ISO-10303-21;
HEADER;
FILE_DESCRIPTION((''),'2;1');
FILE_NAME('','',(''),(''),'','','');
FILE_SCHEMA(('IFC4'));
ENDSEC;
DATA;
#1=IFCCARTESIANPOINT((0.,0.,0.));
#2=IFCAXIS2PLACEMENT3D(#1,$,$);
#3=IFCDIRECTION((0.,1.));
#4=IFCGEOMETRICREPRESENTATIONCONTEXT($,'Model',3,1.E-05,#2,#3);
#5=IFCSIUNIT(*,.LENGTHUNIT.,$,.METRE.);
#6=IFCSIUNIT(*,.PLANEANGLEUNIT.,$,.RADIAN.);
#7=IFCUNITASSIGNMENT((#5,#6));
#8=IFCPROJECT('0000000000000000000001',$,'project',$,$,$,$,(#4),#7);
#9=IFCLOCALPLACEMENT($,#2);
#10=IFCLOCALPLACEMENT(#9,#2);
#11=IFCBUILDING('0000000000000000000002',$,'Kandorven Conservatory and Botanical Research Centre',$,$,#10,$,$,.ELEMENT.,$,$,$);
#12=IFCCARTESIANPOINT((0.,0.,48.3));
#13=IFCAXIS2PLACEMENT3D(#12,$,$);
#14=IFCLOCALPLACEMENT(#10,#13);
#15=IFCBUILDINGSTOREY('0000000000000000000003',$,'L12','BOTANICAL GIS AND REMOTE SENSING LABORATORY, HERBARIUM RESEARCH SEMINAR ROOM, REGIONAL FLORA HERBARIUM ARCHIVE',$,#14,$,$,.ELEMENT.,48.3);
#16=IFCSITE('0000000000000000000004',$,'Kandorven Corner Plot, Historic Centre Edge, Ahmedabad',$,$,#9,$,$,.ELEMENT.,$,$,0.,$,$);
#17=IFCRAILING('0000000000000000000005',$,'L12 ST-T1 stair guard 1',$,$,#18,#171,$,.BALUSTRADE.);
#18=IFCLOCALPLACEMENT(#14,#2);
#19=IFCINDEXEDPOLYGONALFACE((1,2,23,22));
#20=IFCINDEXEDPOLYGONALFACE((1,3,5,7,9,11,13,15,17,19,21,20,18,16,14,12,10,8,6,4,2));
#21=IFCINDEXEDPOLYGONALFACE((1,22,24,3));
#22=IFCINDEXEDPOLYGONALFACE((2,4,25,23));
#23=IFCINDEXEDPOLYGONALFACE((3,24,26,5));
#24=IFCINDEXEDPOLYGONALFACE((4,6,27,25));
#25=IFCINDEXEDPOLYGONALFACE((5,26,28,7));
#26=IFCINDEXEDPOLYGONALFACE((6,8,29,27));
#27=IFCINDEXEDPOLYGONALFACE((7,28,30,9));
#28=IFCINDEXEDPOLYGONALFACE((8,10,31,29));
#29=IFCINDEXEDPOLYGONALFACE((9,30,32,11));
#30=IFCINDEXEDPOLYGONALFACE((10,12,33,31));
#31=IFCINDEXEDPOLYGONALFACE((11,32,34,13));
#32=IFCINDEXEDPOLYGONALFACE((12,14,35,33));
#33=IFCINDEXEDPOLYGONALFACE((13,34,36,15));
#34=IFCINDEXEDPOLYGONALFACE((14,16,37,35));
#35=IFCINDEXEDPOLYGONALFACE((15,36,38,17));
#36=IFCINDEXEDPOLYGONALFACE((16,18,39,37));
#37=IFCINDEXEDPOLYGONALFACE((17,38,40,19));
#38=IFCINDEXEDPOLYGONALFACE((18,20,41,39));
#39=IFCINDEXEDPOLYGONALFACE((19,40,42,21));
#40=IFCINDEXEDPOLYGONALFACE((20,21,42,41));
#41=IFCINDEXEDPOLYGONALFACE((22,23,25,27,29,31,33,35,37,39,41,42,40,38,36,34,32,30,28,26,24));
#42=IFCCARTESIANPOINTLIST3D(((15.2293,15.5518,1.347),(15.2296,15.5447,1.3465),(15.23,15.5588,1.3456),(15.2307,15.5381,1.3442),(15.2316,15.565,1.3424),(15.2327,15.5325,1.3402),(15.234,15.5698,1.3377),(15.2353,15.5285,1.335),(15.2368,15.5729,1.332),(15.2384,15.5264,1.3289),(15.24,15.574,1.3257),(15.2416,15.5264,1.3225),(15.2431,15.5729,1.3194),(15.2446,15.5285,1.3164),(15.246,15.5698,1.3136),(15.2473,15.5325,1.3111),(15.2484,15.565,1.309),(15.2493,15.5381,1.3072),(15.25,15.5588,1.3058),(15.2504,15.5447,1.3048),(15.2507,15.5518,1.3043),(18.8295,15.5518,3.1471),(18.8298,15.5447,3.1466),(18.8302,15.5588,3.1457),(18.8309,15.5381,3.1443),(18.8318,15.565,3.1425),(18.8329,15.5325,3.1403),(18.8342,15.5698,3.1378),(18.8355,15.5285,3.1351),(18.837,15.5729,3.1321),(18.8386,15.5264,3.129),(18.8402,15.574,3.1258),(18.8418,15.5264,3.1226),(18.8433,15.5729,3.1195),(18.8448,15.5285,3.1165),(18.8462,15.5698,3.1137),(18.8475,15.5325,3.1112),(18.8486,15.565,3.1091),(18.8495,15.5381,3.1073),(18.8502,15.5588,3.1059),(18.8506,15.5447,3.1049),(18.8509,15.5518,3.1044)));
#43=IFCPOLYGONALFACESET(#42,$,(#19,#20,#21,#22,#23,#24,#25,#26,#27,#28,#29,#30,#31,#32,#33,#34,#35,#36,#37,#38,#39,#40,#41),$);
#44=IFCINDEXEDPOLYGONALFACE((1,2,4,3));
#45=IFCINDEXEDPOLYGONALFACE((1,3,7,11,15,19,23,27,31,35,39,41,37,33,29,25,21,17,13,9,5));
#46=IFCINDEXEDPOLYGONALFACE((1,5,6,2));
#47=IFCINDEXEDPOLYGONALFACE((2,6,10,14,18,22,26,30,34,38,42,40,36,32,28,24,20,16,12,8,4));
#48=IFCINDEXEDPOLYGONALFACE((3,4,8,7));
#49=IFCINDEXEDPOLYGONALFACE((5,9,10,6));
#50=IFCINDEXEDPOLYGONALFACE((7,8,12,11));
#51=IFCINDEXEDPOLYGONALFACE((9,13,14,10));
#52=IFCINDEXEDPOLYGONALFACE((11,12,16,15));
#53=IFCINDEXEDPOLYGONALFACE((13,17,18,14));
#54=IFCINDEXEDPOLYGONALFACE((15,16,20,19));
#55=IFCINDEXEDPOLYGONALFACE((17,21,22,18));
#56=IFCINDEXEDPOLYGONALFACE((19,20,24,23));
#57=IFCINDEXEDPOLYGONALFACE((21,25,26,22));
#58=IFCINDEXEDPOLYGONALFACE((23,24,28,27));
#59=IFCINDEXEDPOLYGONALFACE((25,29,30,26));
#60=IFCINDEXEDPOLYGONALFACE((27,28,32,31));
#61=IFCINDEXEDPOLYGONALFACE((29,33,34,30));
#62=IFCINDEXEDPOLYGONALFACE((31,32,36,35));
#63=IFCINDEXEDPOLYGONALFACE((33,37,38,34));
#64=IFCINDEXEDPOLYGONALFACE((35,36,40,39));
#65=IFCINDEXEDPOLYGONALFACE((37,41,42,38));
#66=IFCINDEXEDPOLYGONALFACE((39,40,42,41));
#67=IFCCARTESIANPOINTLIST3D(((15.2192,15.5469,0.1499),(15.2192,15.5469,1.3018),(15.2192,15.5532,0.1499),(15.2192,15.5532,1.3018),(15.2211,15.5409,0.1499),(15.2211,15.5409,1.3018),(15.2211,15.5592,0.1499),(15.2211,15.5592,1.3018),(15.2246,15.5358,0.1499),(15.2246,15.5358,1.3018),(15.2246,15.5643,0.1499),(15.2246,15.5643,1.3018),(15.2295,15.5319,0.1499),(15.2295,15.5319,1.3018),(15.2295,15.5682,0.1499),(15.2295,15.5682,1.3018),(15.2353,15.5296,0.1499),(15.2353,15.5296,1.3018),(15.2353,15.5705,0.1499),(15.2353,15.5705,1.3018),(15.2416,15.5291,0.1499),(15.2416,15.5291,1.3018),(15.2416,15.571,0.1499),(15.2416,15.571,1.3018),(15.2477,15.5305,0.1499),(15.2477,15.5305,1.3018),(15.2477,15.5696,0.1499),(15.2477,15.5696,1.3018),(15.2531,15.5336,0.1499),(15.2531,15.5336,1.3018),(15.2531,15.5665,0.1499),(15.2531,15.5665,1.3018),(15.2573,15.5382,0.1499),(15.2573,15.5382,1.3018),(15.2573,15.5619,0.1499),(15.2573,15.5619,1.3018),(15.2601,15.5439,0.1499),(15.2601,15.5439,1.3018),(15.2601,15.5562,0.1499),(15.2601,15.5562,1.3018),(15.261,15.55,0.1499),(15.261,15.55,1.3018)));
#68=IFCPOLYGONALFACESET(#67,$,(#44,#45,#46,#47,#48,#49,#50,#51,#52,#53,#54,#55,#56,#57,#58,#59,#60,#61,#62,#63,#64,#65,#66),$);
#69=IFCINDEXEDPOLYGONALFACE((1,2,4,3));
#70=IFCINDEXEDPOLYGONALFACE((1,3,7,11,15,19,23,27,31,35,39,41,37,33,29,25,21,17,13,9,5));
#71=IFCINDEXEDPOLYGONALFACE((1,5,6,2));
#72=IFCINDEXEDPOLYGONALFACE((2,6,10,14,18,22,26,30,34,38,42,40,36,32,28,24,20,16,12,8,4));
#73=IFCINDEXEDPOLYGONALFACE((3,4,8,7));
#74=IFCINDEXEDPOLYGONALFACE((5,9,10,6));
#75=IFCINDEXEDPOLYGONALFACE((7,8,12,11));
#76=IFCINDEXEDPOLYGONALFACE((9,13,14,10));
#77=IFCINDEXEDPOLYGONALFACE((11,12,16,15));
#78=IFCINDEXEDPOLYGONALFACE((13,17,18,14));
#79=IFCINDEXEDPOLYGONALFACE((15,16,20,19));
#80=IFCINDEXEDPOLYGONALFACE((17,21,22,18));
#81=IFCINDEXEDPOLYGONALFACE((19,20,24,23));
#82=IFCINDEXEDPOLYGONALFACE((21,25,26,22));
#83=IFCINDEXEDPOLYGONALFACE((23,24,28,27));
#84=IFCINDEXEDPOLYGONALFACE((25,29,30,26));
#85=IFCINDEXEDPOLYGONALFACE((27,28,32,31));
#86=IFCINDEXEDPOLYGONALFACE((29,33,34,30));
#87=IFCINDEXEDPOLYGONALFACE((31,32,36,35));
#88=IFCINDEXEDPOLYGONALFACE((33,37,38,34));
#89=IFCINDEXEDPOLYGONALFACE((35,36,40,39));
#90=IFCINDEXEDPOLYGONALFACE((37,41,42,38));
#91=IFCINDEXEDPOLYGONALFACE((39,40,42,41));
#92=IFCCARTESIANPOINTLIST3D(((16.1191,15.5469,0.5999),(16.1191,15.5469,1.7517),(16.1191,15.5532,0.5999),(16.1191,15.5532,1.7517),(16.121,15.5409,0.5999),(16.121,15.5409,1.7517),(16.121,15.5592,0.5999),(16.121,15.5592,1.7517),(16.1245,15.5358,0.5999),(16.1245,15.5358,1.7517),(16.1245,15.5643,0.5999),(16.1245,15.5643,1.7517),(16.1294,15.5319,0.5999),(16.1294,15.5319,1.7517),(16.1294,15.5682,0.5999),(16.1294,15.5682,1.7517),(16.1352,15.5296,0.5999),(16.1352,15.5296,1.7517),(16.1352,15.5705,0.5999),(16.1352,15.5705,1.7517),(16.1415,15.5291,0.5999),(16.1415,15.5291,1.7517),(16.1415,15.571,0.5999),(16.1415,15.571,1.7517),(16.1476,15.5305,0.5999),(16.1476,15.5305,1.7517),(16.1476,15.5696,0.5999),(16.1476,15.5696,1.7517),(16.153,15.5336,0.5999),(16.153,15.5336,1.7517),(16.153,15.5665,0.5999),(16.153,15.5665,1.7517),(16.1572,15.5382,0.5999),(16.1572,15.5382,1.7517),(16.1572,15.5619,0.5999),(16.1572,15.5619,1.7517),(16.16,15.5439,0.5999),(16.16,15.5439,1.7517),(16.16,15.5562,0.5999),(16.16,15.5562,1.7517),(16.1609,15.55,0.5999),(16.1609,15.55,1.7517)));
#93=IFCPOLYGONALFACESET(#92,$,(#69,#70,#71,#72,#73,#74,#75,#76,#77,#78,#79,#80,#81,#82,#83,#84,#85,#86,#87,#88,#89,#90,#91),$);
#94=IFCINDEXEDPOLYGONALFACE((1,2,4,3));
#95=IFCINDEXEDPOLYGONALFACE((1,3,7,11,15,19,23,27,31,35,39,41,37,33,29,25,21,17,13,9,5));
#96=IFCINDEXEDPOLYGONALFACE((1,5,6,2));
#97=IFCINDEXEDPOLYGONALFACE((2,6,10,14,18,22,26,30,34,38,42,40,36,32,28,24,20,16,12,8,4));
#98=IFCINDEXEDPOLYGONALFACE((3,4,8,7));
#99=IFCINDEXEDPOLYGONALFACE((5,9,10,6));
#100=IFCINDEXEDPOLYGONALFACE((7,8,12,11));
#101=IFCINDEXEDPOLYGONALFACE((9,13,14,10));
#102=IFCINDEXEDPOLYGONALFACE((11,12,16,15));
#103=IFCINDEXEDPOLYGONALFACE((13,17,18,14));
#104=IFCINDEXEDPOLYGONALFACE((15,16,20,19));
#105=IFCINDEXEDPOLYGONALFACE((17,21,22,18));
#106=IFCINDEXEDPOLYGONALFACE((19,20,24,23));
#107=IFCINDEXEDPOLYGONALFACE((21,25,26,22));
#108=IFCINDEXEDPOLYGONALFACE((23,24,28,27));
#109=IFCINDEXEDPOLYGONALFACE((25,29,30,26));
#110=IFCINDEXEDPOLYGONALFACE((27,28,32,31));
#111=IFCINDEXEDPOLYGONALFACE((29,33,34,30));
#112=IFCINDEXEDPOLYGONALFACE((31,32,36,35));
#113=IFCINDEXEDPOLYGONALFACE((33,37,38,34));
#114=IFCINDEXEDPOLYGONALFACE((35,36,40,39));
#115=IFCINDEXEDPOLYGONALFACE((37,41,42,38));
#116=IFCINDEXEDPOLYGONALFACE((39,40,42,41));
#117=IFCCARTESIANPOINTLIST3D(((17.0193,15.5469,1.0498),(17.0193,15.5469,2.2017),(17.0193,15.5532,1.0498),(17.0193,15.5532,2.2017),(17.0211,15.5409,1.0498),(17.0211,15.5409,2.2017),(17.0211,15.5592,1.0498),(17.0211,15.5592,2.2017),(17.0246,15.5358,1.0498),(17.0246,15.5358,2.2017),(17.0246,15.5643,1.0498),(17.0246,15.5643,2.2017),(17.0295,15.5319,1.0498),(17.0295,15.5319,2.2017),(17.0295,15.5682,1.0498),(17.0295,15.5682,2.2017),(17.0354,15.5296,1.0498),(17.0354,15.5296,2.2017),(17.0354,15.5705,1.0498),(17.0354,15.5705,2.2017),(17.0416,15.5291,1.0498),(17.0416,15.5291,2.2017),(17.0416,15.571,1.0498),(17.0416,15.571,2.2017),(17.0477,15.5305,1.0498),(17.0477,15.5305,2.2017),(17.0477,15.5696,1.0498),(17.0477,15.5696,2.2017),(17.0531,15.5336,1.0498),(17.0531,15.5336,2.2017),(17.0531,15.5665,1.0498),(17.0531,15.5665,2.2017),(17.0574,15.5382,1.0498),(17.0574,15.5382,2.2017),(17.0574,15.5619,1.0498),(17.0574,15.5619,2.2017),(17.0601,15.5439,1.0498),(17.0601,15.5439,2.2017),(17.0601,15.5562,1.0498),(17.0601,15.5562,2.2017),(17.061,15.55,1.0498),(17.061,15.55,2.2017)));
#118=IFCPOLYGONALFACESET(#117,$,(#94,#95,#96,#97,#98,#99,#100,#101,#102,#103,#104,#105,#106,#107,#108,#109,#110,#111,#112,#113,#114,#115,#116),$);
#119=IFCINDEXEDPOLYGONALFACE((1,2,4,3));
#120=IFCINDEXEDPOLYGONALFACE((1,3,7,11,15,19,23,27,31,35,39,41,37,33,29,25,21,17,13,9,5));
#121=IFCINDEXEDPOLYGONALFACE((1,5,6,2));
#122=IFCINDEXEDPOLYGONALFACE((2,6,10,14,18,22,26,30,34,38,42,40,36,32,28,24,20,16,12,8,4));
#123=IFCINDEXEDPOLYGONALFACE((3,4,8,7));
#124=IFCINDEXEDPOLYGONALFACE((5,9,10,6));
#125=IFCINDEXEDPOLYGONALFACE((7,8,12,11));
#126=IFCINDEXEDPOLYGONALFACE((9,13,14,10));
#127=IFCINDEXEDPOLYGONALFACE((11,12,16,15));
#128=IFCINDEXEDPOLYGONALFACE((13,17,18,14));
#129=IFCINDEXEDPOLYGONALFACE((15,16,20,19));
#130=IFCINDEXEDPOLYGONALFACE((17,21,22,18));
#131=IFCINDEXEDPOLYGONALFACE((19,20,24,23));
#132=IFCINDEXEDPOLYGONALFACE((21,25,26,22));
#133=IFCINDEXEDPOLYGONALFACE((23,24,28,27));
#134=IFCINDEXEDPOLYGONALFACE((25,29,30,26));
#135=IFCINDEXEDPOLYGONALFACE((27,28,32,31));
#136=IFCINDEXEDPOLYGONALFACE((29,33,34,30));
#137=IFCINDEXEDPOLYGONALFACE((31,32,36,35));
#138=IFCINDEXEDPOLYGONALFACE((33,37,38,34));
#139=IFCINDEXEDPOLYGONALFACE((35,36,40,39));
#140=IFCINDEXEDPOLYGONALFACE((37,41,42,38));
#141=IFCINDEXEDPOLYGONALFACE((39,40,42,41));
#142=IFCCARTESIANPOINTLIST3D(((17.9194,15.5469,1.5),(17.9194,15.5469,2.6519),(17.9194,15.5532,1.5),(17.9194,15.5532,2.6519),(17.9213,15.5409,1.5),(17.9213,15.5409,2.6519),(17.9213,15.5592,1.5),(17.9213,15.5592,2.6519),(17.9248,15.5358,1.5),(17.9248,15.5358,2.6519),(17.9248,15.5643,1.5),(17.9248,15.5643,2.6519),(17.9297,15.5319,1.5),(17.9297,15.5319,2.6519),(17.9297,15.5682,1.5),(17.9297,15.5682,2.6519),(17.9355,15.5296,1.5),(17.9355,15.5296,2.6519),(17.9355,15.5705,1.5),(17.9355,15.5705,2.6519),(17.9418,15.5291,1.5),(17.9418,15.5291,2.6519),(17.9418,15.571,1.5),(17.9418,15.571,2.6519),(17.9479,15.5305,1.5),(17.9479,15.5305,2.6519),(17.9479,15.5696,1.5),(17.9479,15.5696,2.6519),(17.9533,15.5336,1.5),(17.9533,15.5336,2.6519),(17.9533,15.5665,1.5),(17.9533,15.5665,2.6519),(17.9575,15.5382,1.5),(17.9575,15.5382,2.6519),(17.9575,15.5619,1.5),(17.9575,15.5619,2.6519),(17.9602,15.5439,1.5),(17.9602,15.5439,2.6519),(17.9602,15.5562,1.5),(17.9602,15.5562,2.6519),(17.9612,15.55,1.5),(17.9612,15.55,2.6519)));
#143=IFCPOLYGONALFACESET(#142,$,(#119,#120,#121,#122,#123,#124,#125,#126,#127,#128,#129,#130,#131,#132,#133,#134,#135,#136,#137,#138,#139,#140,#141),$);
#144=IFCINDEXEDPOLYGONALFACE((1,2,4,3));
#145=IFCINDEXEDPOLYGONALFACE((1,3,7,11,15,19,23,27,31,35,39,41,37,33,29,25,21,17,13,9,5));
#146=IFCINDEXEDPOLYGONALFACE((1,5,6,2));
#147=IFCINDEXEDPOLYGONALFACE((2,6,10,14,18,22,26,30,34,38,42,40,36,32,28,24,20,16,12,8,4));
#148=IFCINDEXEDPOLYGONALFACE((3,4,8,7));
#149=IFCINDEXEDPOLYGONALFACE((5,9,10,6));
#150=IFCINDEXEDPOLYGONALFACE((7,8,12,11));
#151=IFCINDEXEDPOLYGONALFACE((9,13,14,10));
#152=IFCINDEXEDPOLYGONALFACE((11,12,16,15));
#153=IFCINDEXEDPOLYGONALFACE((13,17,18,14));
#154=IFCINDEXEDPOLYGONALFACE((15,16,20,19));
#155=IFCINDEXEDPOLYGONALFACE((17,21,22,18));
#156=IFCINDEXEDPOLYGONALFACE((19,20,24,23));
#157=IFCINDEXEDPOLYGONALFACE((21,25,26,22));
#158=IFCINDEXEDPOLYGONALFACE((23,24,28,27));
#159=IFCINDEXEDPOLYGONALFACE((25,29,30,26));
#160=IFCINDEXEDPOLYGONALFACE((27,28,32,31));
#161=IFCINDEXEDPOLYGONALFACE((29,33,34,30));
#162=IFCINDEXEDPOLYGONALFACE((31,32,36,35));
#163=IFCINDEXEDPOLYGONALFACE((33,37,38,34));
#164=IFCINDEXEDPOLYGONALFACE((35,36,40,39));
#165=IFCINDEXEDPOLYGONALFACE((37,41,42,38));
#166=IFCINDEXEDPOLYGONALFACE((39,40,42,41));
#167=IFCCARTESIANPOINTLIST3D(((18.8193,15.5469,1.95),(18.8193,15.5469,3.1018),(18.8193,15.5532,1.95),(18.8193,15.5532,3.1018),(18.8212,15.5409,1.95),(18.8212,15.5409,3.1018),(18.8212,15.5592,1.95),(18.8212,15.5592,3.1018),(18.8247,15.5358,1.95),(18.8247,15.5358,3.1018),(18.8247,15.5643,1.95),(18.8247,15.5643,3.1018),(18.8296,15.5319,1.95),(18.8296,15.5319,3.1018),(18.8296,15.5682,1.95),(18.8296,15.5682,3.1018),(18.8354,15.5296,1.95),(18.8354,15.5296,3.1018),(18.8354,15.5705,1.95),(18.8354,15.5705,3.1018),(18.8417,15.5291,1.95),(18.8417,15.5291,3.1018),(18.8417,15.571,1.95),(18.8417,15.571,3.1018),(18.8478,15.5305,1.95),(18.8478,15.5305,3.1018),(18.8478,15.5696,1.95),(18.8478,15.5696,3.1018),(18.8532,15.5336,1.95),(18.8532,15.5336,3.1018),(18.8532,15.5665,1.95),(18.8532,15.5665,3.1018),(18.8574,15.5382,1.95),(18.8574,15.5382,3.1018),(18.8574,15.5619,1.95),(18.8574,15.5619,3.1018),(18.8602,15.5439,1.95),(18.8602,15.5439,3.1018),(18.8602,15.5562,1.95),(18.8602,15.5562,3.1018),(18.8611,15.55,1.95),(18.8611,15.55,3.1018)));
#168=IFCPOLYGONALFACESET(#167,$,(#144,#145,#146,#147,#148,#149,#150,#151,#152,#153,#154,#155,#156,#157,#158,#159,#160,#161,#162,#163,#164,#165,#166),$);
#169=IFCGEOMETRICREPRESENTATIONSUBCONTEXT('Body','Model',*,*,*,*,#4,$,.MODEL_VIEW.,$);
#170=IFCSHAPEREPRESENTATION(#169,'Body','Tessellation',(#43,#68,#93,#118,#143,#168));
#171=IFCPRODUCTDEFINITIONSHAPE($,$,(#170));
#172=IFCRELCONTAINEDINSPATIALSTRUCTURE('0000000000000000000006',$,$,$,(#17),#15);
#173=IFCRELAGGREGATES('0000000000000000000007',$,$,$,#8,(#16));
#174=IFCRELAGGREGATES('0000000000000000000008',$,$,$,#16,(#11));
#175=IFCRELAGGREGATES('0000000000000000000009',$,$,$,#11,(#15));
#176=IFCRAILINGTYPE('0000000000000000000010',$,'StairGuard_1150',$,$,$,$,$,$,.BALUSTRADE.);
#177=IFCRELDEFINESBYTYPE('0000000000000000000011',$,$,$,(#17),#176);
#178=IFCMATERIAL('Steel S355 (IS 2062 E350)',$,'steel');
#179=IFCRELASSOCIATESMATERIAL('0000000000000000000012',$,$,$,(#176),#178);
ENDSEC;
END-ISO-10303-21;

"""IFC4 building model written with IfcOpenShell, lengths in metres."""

from ifc_helpers import new_model, si_unit, direction, frame, origin, origin_2d, place, context, subcontext, project, spatial, circle, extrude, material, type_object, element, save


model = new_model("IFC4")

# Units and contexts
model_context = context("Model", 3, precision=1e-05, world=origin(), true_north=direction((0.0, 1.0)))
body_context = subcontext(model_context, "Body", "Model", "MODEL_VIEW")
ifc_project = project(units=[si_unit("LENGTHUNIT", "METRE"), si_unit("PLANEANGLEUNIT", "RADIAN")], contexts=[model_context])

# Site, building, storey
site_placement = place(None, origin())
site = spatial("IfcSite", under=ifc_project, at=site_placement, Name="Kandorven Corner Plot, Historic Centre Edge, Ahmedabad", CompositionType="ELEMENT", RefElevation=0.0)
building_placement = place(site_placement, origin())
building = spatial("IfcBuilding", under=site, at=building_placement, Name="Kandorven Conservatory and Botanical Research Centre", CompositionType="ELEMENT")
storey_placement = place(building_placement, frame((0.0, 0.0, 48.3)))
storey = spatial("IfcBuildingStorey", under=building, at=storey_placement, Name="L12", Description="BOTANICAL GIS AND REMOTE SENSING LABORATORY, HERBARIUM RESEARCH SEMINAR ROOM, REGIONAL FLORA HERBARIUM ARCHIVE", CompositionType="ELEMENT", Elevation=48.3)

# Railing
ifc_material_1 = material(Name="Steel S355 (IS 2062 E350)", Category="steel")
railing_type_1 = type_object("IfcRailingType", Name="StairGuard_1150", PredefinedType="BALUSTRADE", material=ifc_material_1)
railing_1_placement = place(storey_placement, frame((15.24, 15.55, 0.1499)))
element("IfcRailing", 1, at=railing_1_placement, inside=storey, type_object=railing_type_1, Name="L12 ST-T1 stair guard 1", PredefinedType="BALUSTRADE", context=body_context, shape_type="SweptSolid", body=[
    extrude(circle(Radius=0.0239, at=origin_2d()), frame((0.0, 0.0, 1.1758), z_axis=(0.894427, 0.0, 0.447214), x_axis=(0.0, 1.0, 0.0)), (0.0, 0.0, 1.0), 4.0251),
    extrude(circle(Radius=0.021, at=origin_2d()), origin(), (0.0, 0.0, 1.0), 1.1519),
    extrude(circle(Radius=0.021, at=origin_2d()), frame((0.8999, 0.0, 0.45)), (0.0, 0.0, 1.0), 1.1519),
    extrude(circle(Radius=0.021, at=origin_2d()), frame((1.8, 0.0, 0.8999)), (0.0, 0.0, 1.0), 1.1519),
    extrude(circle(Radius=0.021, at=origin_2d()), frame((2.7002, 0.0, 1.3501)), (0.0, 0.0, 1.0), 1.1519),
    extrude(circle(Radius=0.021, at=origin_2d()), frame((3.6001, 0.0, 1.8)), (0.0, 0.0, 1.0), 1.1519),
])

save(model, "model.ifc")
